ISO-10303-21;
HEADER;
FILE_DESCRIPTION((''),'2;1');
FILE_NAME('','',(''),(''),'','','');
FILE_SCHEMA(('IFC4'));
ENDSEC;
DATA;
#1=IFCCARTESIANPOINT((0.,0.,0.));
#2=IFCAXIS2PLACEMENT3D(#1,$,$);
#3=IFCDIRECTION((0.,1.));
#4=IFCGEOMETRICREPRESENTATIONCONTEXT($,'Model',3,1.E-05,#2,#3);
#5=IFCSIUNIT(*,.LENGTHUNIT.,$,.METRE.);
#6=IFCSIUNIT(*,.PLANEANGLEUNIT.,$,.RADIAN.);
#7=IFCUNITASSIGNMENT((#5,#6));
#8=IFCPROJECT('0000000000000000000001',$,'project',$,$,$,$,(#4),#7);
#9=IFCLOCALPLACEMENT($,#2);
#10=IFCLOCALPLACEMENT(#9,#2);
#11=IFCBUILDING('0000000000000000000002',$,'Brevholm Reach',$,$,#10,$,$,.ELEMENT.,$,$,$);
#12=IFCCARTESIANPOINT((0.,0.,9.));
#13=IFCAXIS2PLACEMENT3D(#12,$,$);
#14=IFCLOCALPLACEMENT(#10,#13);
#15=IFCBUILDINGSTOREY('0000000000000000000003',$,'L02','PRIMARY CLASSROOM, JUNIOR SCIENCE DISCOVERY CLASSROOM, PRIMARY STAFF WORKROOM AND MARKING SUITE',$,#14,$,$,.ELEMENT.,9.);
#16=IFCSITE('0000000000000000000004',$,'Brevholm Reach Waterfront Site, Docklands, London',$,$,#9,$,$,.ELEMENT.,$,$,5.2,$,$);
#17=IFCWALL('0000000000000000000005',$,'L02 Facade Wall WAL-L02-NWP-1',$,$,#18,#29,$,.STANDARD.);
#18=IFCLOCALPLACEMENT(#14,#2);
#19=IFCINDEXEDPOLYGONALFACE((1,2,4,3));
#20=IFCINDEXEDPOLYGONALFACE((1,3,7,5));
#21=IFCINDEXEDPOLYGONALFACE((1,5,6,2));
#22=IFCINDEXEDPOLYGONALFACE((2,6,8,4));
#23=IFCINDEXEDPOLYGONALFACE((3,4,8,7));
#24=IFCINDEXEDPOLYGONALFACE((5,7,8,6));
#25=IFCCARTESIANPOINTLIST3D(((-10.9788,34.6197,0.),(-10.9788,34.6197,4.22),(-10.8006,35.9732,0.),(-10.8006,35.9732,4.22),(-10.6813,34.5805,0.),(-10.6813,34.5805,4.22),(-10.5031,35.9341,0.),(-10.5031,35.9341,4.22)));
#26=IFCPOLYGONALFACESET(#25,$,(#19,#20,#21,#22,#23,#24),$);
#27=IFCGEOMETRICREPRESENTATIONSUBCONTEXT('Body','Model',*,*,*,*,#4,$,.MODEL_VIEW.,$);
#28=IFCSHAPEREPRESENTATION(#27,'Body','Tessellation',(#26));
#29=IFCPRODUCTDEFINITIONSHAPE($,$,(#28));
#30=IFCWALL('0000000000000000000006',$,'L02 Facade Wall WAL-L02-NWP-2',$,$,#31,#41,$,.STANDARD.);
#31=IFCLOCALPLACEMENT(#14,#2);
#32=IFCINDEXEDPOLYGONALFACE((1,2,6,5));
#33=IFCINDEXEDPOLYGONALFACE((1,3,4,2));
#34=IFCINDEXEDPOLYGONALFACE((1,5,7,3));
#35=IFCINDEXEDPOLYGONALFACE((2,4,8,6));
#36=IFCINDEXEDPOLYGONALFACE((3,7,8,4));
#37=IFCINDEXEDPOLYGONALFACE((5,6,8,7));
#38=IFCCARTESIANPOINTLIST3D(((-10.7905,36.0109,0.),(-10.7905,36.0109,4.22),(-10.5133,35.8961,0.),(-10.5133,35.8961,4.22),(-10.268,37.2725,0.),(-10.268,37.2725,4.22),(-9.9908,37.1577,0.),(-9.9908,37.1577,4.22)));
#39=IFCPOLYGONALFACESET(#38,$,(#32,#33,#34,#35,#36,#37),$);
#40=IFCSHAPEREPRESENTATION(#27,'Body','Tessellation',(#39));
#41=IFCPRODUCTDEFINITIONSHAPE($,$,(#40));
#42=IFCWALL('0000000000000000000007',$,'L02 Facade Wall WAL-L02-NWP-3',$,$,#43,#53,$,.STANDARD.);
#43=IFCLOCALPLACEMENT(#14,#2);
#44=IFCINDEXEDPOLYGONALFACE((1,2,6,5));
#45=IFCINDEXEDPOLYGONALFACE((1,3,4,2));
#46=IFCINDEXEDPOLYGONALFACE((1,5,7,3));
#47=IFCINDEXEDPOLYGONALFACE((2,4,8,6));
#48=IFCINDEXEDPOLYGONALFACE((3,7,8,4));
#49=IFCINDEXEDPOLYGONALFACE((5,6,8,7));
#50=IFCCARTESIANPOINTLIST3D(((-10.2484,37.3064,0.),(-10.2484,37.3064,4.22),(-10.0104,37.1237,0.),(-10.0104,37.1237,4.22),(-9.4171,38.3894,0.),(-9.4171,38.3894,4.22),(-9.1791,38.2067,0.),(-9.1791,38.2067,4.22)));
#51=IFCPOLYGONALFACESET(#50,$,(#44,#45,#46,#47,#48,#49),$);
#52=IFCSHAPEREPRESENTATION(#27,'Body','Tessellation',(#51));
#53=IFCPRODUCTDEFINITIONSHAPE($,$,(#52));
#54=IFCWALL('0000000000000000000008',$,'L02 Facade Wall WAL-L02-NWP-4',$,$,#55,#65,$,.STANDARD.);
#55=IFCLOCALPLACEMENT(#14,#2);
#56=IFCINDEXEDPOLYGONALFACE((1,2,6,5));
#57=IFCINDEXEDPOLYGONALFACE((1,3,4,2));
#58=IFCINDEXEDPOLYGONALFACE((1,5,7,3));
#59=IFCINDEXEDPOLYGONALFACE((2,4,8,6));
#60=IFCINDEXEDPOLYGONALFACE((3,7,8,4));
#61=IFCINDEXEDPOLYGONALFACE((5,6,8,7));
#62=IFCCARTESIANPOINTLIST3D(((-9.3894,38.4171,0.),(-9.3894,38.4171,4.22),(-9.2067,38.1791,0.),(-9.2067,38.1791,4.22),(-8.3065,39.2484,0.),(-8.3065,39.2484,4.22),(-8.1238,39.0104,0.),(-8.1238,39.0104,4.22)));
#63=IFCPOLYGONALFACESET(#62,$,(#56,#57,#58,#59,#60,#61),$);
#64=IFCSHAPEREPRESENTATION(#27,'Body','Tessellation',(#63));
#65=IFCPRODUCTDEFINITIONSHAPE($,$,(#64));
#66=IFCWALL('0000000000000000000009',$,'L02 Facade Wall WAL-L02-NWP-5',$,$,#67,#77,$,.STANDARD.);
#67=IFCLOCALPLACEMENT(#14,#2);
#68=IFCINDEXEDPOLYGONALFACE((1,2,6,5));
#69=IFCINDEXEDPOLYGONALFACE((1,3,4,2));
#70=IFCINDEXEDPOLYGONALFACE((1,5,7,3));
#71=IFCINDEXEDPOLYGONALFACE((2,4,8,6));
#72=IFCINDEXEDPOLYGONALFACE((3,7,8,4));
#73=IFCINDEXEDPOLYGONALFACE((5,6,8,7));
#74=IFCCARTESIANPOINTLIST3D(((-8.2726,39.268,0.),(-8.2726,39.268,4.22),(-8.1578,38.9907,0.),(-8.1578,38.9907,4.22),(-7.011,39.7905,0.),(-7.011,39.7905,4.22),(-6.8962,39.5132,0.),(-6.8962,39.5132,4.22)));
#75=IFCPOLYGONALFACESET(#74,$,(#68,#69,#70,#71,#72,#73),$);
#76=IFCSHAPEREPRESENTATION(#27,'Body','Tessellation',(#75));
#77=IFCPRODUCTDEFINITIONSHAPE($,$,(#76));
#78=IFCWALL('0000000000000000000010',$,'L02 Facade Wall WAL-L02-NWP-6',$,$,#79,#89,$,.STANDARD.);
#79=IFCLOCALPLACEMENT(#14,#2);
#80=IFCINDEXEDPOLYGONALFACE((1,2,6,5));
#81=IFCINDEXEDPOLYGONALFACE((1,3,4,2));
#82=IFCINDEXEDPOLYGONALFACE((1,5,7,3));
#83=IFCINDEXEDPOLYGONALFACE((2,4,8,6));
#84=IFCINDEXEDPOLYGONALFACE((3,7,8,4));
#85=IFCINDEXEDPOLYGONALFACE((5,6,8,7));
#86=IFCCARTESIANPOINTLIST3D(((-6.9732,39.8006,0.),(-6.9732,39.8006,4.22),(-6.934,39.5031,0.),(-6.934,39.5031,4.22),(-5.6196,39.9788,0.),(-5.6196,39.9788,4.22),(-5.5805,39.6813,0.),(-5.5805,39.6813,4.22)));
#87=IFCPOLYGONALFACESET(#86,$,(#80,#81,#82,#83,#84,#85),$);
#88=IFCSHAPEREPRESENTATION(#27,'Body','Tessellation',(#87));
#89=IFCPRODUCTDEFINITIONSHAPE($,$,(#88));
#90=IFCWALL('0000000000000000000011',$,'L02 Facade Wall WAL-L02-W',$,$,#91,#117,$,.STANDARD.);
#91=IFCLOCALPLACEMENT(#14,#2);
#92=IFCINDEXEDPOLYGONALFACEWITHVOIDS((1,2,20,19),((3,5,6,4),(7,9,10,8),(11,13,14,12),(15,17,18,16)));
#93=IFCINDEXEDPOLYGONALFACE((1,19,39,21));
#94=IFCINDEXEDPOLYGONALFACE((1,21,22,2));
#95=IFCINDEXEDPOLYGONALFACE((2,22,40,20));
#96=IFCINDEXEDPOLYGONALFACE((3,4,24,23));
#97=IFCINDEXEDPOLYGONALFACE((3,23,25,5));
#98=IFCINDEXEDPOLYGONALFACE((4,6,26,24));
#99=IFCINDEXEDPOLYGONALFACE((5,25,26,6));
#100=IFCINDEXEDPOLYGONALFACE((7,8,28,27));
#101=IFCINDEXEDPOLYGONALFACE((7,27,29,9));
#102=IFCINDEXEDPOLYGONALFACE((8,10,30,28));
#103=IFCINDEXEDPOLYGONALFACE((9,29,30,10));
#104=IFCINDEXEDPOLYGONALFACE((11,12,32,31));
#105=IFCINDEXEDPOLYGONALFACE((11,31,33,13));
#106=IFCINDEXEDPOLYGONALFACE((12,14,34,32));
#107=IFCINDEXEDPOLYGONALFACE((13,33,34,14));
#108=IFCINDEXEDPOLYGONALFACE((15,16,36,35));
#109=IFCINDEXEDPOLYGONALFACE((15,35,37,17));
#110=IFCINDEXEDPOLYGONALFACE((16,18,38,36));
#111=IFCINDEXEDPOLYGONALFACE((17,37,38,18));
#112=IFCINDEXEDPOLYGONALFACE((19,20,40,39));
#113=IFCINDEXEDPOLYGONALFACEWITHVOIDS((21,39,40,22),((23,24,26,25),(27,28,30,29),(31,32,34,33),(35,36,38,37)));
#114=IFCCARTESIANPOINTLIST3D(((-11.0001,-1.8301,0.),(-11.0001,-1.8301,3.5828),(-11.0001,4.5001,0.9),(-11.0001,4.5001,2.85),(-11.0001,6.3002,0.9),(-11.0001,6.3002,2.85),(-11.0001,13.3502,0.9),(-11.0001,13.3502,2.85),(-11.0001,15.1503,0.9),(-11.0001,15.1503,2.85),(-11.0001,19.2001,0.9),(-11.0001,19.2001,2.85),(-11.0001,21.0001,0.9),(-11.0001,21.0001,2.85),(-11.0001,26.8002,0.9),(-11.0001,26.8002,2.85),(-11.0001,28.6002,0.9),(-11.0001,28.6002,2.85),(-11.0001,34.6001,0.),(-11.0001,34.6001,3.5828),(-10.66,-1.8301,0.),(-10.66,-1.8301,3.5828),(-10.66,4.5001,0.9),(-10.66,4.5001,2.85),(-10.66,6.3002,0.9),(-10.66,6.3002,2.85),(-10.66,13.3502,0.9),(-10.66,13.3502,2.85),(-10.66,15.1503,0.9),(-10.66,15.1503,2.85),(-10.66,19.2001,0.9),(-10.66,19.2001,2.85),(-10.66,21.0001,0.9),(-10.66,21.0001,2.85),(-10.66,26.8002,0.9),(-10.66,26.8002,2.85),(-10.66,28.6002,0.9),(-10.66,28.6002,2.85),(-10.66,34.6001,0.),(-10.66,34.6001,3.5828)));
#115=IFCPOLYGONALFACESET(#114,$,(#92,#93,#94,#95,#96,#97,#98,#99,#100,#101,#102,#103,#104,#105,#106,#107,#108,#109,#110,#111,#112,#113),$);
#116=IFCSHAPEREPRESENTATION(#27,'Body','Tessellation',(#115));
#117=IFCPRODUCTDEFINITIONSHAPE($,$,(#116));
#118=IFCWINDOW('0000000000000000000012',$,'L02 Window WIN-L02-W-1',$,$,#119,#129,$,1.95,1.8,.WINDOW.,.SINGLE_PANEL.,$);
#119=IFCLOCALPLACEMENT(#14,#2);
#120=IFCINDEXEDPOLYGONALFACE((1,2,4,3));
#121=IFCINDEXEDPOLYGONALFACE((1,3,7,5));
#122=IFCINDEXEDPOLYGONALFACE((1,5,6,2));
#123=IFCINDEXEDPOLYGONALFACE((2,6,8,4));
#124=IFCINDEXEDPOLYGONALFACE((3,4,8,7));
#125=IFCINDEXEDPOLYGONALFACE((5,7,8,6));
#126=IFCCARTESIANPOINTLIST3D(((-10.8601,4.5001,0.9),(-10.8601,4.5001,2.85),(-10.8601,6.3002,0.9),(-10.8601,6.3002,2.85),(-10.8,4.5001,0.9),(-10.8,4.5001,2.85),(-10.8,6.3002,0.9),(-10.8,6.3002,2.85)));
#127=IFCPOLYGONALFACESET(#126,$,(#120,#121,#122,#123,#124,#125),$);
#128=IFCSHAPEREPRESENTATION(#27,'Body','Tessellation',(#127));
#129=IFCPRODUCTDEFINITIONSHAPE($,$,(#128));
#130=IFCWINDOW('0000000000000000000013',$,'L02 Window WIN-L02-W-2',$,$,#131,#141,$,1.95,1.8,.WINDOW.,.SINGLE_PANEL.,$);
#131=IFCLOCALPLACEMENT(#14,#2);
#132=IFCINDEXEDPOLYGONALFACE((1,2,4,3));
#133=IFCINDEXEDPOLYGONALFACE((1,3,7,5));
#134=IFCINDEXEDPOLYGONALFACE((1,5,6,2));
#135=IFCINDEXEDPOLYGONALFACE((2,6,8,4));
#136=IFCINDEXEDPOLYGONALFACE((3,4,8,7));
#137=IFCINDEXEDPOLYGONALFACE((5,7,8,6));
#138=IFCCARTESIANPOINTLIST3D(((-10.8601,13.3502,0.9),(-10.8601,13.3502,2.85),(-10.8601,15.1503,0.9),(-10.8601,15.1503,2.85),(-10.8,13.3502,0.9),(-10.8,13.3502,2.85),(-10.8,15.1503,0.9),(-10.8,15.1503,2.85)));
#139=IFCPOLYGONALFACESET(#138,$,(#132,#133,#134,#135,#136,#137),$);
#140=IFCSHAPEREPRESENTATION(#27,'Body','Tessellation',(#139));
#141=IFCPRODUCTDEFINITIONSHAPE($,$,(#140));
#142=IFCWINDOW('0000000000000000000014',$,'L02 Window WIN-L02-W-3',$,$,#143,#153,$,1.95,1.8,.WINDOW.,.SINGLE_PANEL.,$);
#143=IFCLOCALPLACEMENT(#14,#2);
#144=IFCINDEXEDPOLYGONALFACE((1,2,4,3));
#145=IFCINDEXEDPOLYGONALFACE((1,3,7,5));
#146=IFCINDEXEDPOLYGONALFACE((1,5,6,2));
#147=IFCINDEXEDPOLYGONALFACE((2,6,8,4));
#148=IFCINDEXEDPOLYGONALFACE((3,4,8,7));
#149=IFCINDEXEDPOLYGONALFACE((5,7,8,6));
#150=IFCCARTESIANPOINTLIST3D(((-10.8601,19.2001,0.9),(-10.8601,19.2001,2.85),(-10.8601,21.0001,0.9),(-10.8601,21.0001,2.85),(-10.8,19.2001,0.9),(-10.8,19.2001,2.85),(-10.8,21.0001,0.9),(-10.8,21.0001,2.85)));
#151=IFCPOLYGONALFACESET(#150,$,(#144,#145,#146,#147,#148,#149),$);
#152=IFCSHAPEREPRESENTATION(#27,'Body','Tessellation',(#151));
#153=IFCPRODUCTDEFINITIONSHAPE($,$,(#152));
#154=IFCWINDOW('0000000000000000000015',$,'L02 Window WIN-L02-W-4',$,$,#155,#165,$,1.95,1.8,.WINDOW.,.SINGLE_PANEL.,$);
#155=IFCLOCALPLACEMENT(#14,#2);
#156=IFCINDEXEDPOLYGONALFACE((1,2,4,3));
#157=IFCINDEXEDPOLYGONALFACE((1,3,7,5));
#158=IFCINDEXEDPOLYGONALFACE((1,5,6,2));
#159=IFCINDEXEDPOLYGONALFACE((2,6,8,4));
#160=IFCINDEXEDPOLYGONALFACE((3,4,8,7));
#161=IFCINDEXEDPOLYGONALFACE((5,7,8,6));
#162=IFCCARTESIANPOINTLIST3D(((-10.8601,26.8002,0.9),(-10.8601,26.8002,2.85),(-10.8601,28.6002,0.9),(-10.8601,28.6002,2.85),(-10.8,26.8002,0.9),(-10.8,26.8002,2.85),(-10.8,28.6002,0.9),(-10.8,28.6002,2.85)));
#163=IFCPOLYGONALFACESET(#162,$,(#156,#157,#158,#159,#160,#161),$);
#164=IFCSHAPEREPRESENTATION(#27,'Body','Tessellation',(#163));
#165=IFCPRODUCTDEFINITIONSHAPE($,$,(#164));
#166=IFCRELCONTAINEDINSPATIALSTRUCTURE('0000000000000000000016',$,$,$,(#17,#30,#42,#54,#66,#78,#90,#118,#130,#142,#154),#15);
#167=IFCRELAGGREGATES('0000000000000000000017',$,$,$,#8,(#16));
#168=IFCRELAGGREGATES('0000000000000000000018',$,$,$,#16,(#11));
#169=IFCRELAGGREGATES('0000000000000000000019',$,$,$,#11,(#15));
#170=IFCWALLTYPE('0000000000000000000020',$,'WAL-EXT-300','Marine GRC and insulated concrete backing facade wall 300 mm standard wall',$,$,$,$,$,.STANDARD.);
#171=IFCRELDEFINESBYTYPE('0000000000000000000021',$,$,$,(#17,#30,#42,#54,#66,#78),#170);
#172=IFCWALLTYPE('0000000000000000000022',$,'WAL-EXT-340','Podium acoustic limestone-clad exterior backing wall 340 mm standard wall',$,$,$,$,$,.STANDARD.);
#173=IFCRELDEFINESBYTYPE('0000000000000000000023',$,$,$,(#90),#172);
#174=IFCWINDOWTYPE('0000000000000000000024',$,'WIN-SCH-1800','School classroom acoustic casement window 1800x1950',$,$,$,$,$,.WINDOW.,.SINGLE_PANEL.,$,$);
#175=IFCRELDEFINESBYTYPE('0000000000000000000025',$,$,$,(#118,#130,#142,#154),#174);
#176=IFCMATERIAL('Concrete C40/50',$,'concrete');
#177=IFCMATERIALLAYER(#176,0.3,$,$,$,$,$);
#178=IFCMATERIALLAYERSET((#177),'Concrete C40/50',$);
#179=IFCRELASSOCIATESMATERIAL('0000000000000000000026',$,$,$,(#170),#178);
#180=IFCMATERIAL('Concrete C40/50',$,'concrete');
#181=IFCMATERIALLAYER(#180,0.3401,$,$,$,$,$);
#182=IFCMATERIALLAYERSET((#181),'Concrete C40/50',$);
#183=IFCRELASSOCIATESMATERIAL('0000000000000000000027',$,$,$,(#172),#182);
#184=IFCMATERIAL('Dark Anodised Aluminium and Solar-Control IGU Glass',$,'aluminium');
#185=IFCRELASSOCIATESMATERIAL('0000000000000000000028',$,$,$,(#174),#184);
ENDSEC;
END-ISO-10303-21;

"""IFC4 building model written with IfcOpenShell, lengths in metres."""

from ifc_helpers import new_model, si_unit, direction, frame, frame_2d, origin, place, context, subcontext, project, spatial, rectangle, extrude, material, layer, layer_set, type_object, element, fill, save


model = new_model("IFC4")

# Units and contexts
model_context = context("Model", 3, precision=1e-05, world=origin(), true_north=direction((0.0, 1.0)))
body_context = subcontext(model_context, "Body", "Model", "MODEL_VIEW")
ifc_project = project(units=[si_unit("LENGTHUNIT", "METRE"), si_unit("PLANEANGLEUNIT", "RADIAN")], contexts=[model_context])

# Site, building, storey
site_placement = place(None, origin())
site = spatial("IfcSite", under=ifc_project, at=site_placement, Name="Brevholm Reach Waterfront Site, Docklands, London", CompositionType="ELEMENT", RefElevation=5.2)
building_placement = place(site_placement, origin())
building = spatial("IfcBuilding", under=site, at=building_placement, Name="Brevholm Reach", CompositionType="ELEMENT")
storey_placement = place(building_placement, frame((0.0, 0.0, 9.0)))
storey = spatial("IfcBuildingStorey", under=building, at=storey_placement, Name="L02", Description="PRIMARY CLASSROOM, JUNIOR SCIENCE DISCOVERY CLASSROOM, PRIMARY STAFF WORKROOM AND MARKING SUITE", CompositionType="ELEMENT", Elevation=9.0)

# Walls
ifc_material_1 = material(Name="Concrete C40/50", Category="concrete")
ifc_layer_1 = layer(ifc_material_1, 0.3)
ifc_layer_set_1 = layer_set([ifc_layer_1], Name="Concrete C40/50")
wall_type_1 = type_object("IfcWallType", Name="WAL-EXT-300", Description="Marine GRC and insulated concrete backing facade wall 300 mm standard wall", PredefinedType="STANDARD", material=ifc_layer_set_1)
wall_1_placement = place(storey_placement, frame((-10.8301, 34.6001, 0.0), z_axis=(0.0, 0.0, 1.0), x_axis=(0.130547, 0.991442, 0.0)))
element("IfcWall", 1, at=wall_1_placement, inside=storey, type_object=wall_type_1, Name="L02 Facade Wall WAL-L02-NWP-1", PredefinedType="STANDARD", context=body_context, shape_type="SweptSolid", body=[
    extrude(rectangle(XDim=1.3652, YDim=0.3, at=frame_2d((0.6826, 0.0))), origin(), (0.0, 0.0, 1.0), 4.22),
])
wall_2_placement = place(storey_placement, frame((-10.6519, 35.9536, 0.0), z_axis=(0.0, 0.0, 1.0), x_axis=(0.382647, 0.923895, 0.0)))
element("IfcWall", 2, at=wall_2_placement, inside=storey, type_object=wall_type_1, Name="L02 Facade Wall WAL-L02-NWP-2", PredefinedType="STANDARD", context=body_context, shape_type="SweptSolid", body=[
    extrude(rectangle(XDim=1.3655, YDim=0.3, at=frame_2d((0.6826, 0.0))), origin(), (0.0, 0.0, 1.0), 4.22),
])
for number, where, z_axis, x_axis, name in (
    (3, (-10.1294, 37.2151, 0.0), (0.0, 0.0, 1.0), (0.608889, 0.793255, 0.0), "L02 Facade Wall WAL-L02-NWP-3"),
    (4, (-9.2981, 38.2981, 0.0), (0.0, 0.0, 1.0), (0.793255, 0.608889, 0.0), "L02 Facade Wall WAL-L02-NWP-4"),
):
    element("IfcWall", number, at=place(storey_placement, frame(where, z_axis=z_axis, x_axis=x_axis)), inside=storey, type_object=wall_type_1, Name=name, PredefinedType="STANDARD", context=body_context, shape_type="SweptSolid", body=[
        extrude(rectangle(XDim=1.3652, YDim=0.3, at=frame_2d((0.6826, 0.0))), origin(), (0.0, 0.0, 1.0), 4.22),
    ])
wall_3_placement = place(storey_placement, frame((-8.2151, 39.1294, 0.0), z_axis=(0.0, 0.0, 1.0), x_axis=(0.923895, 0.382647, 0.0)))
element("IfcWall", 5, at=wall_3_placement, inside=storey, type_object=wall_type_1, Name="L02 Facade Wall WAL-L02-NWP-5", PredefinedType="STANDARD", context=body_context, shape_type="SweptSolid", body=[
    extrude(rectangle(XDim=1.3655, YDim=0.3, at=frame_2d((0.6826, 0.0))), origin(), (0.0, 0.0, 1.0), 4.22),
])
wall_4_placement = place(storey_placement, frame((-6.9536, 39.6519, 0.0), z_axis=(0.0, 0.0, 1.0), x_axis=(0.991442, 0.130547, 0.0)))
element("IfcWall", 6, at=wall_4_placement, inside=storey, type_object=wall_type_1, Name="L02 Facade Wall WAL-L02-NWP-6", PredefinedType="STANDARD", context=body_context, shape_type="SweptSolid", body=[
    extrude(rectangle(XDim=1.3652, YDim=0.3, at=frame_2d((0.6826, 0.0))), origin(), (0.0, 0.0, 1.0), 4.22),
])

# Wall, openings, windows
ifc_material_2 = material(Name="Concrete C40/50", Category="concrete")
ifc_layer_2 = layer(ifc_material_2, 0.3401)
ifc_layer_set_2 = layer_set([ifc_layer_2], Name="Concrete C40/50")
wall_type_2 = type_object("IfcWallType", Name="WAL-EXT-340", Description="Podium acoustic limestone-clad exterior backing wall 340 mm standard wall", PredefinedType="STANDARD", material=ifc_layer_set_2)
wall_5_placement = place(storey_placement, frame((-10.8301, 34.6001, 0.0), z_axis=(0.0, 0.0, 1.0), x_axis=(0.0, -1.0, 0.0)))
wall_5 = element("IfcWall", 7, at=wall_5_placement, inside=storey, type_object=wall_type_2, Name="L02 Facade Wall WAL-L02-W", PredefinedType="STANDARD", context=body_context, shape_type="SweptSolid", body=[
    extrude(rectangle(XDim=36.4302, YDim=0.3401, at=frame_2d((18.2151, 0.0))), origin(), (0.0, 0.0, 1.0), 3.5828),
])
opening_1_placement = place(wall_5_placement, frame((28.3, 0.0, 0.8999)))
opening_1 = element("IfcOpeningElement", 8, at=opening_1_placement, cuts=wall_5, PredefinedType="OPENING", context=body_context, shape_type="SweptSolid", body=[
    extrude(rectangle(XDim=1.8, YDim=1.95, at=frame_2d((0.8999, 0.9751))), frame((0.0, 0.1799, 0.0), z_axis=(0.0, -1.0, 0.0), x_axis=(1.0, 0.0, 0.0)), (0.0, 0.0, 1.0), 0.3601),
])
opening_2_placement = place(wall_5_placement, frame((19.45, 0.0, 0.8999)))
opening_2 = element("IfcOpeningElement", 9, at=opening_2_placement, cuts=wall_5, PredefinedType="OPENING", context=body_context, shape_type="SweptSolid", body=[
    extrude(rectangle(XDim=1.8, YDim=1.95, at=frame_2d((0.8999, 0.9751))), frame((0.0, 0.1799, 0.0), z_axis=(0.0, -1.0, 0.0), x_axis=(1.0, 0.0, 0.0)), (0.0, 0.0, 1.0), 0.3601),
])
opening_3_placement = place(wall_5_placement, frame((13.6001, 0.0, 0.8999)))
opening_3 = element("IfcOpeningElement", 10, at=opening_3_placement, cuts=wall_5, PredefinedType="OPENING", context=body_context, shape_type="SweptSolid", body=[
    extrude(rectangle(XDim=1.8, YDim=1.95, at=frame_2d((0.8999, 0.9751))), frame((0.0, 0.1799, 0.0), z_axis=(0.0, -1.0, 0.0), x_axis=(1.0, 0.0, 0.0)), (0.0, 0.0, 1.0), 0.3601),
])
opening_4_placement = place(wall_5_placement, frame((6.0, 0.0, 0.8999)))
opening_4 = element("IfcOpeningElement", 11, at=opening_4_placement, cuts=wall_5, PredefinedType="OPENING", context=body_context, shape_type="SweptSolid", body=[
    extrude(rectangle(XDim=1.8, YDim=1.95, at=frame_2d((0.8999, 0.9751))), frame((0.0, 0.1799, 0.0), z_axis=(0.0, -1.0, 0.0), x_axis=(1.0, 0.0, 0.0)), (0.0, 0.0, 1.0), 0.3601),
])
ifc_material_3 = material(Name="Dark Anodised Aluminium and Solar-Control IGU Glass", Category="aluminium")
window_type = type_object("IfcWindowType", Name="WIN-SCH-1800", Description="School classroom acoustic casement window 1800x1950", PartitioningType="SINGLE_PANEL", PredefinedType="WINDOW", material=ifc_material_3)
window_1_placement = place(opening_1_placement, origin())
window_1 = element("IfcWindow", 12, at=window_1_placement, inside=storey, type_object=window_type, Name="L02 Window WIN-L02-W-1", OverallHeight=1.95, OverallWidth=1.8, PartitioningType="SINGLE_PANEL", PredefinedType="WINDOW", context=body_context, shape_type="SweptSolid", body=[
    extrude(rectangle(XDim=1.8, YDim=1.95, at=frame_2d((0.8999, 0.9751))), frame((0.0, 0.03, 0.0), z_axis=(0.0, -1.0, 0.0), x_axis=(1.0, 0.0, 0.0)), (0.0, 0.0, 1.0), 0.0601),
])
fill(opening_1, window_1)
window_2_placement = place(opening_2_placement, origin())
window_2 = element("IfcWindow", 13, at=window_2_placement, inside=storey, type_object=window_type, Name="L02 Window WIN-L02-W-2", OverallHeight=1.95, OverallWidth=1.8, PartitioningType="SINGLE_PANEL", PredefinedType="WINDOW", context=body_context, shape_type="SweptSolid", body=[
    extrude(rectangle(XDim=1.8, YDim=1.95, at=frame_2d((0.8999, 0.9751))), frame((0.0, 0.03, 0.0), z_axis=(0.0, -1.0, 0.0), x_axis=(1.0, 0.0, 0.0)), (0.0, 0.0, 1.0), 0.0601),
])
fill(opening_2, window_2)
window_3_placement = place(opening_3_placement, origin())
window_3 = element("IfcWindow", 14, at=window_3_placement, inside=storey, type_object=window_type, Name="L02 Window WIN-L02-W-3", OverallHeight=1.95, OverallWidth=1.8, PartitioningType="SINGLE_PANEL", PredefinedType="WINDOW", context=body_context, shape_type="SweptSolid", body=[
    extrude(rectangle(XDim=1.8, YDim=1.95, at=frame_2d((0.8999, 0.9751))), frame((0.0, 0.03, 0.0), z_axis=(0.0, -1.0, 0.0), x_axis=(1.0, 0.0, 0.0)), (0.0, 0.0, 1.0), 0.0601),
])
fill(opening_3, window_3)
window_4_placement = place(opening_4_placement, origin())
window_4 = element("IfcWindow", 15, at=window_4_placement, inside=storey, type_object=window_type, Name="L02 Window WIN-L02-W-4", OverallHeight=1.95, OverallWidth=1.8, PartitioningType="SINGLE_PANEL", PredefinedType="WINDOW", context=body_context, shape_type="SweptSolid", body=[
    extrude(rectangle(XDim=1.8, YDim=1.95, at=frame_2d((0.8999, 0.9751))), frame((0.0, 0.03, 0.0), z_axis=(0.0, -1.0, 0.0), x_axis=(1.0, 0.0, 0.0)), (0.0, 0.0, 1.0), 0.0601),
])
fill(opening_4, window_4)

save(model, "model.ifc")
